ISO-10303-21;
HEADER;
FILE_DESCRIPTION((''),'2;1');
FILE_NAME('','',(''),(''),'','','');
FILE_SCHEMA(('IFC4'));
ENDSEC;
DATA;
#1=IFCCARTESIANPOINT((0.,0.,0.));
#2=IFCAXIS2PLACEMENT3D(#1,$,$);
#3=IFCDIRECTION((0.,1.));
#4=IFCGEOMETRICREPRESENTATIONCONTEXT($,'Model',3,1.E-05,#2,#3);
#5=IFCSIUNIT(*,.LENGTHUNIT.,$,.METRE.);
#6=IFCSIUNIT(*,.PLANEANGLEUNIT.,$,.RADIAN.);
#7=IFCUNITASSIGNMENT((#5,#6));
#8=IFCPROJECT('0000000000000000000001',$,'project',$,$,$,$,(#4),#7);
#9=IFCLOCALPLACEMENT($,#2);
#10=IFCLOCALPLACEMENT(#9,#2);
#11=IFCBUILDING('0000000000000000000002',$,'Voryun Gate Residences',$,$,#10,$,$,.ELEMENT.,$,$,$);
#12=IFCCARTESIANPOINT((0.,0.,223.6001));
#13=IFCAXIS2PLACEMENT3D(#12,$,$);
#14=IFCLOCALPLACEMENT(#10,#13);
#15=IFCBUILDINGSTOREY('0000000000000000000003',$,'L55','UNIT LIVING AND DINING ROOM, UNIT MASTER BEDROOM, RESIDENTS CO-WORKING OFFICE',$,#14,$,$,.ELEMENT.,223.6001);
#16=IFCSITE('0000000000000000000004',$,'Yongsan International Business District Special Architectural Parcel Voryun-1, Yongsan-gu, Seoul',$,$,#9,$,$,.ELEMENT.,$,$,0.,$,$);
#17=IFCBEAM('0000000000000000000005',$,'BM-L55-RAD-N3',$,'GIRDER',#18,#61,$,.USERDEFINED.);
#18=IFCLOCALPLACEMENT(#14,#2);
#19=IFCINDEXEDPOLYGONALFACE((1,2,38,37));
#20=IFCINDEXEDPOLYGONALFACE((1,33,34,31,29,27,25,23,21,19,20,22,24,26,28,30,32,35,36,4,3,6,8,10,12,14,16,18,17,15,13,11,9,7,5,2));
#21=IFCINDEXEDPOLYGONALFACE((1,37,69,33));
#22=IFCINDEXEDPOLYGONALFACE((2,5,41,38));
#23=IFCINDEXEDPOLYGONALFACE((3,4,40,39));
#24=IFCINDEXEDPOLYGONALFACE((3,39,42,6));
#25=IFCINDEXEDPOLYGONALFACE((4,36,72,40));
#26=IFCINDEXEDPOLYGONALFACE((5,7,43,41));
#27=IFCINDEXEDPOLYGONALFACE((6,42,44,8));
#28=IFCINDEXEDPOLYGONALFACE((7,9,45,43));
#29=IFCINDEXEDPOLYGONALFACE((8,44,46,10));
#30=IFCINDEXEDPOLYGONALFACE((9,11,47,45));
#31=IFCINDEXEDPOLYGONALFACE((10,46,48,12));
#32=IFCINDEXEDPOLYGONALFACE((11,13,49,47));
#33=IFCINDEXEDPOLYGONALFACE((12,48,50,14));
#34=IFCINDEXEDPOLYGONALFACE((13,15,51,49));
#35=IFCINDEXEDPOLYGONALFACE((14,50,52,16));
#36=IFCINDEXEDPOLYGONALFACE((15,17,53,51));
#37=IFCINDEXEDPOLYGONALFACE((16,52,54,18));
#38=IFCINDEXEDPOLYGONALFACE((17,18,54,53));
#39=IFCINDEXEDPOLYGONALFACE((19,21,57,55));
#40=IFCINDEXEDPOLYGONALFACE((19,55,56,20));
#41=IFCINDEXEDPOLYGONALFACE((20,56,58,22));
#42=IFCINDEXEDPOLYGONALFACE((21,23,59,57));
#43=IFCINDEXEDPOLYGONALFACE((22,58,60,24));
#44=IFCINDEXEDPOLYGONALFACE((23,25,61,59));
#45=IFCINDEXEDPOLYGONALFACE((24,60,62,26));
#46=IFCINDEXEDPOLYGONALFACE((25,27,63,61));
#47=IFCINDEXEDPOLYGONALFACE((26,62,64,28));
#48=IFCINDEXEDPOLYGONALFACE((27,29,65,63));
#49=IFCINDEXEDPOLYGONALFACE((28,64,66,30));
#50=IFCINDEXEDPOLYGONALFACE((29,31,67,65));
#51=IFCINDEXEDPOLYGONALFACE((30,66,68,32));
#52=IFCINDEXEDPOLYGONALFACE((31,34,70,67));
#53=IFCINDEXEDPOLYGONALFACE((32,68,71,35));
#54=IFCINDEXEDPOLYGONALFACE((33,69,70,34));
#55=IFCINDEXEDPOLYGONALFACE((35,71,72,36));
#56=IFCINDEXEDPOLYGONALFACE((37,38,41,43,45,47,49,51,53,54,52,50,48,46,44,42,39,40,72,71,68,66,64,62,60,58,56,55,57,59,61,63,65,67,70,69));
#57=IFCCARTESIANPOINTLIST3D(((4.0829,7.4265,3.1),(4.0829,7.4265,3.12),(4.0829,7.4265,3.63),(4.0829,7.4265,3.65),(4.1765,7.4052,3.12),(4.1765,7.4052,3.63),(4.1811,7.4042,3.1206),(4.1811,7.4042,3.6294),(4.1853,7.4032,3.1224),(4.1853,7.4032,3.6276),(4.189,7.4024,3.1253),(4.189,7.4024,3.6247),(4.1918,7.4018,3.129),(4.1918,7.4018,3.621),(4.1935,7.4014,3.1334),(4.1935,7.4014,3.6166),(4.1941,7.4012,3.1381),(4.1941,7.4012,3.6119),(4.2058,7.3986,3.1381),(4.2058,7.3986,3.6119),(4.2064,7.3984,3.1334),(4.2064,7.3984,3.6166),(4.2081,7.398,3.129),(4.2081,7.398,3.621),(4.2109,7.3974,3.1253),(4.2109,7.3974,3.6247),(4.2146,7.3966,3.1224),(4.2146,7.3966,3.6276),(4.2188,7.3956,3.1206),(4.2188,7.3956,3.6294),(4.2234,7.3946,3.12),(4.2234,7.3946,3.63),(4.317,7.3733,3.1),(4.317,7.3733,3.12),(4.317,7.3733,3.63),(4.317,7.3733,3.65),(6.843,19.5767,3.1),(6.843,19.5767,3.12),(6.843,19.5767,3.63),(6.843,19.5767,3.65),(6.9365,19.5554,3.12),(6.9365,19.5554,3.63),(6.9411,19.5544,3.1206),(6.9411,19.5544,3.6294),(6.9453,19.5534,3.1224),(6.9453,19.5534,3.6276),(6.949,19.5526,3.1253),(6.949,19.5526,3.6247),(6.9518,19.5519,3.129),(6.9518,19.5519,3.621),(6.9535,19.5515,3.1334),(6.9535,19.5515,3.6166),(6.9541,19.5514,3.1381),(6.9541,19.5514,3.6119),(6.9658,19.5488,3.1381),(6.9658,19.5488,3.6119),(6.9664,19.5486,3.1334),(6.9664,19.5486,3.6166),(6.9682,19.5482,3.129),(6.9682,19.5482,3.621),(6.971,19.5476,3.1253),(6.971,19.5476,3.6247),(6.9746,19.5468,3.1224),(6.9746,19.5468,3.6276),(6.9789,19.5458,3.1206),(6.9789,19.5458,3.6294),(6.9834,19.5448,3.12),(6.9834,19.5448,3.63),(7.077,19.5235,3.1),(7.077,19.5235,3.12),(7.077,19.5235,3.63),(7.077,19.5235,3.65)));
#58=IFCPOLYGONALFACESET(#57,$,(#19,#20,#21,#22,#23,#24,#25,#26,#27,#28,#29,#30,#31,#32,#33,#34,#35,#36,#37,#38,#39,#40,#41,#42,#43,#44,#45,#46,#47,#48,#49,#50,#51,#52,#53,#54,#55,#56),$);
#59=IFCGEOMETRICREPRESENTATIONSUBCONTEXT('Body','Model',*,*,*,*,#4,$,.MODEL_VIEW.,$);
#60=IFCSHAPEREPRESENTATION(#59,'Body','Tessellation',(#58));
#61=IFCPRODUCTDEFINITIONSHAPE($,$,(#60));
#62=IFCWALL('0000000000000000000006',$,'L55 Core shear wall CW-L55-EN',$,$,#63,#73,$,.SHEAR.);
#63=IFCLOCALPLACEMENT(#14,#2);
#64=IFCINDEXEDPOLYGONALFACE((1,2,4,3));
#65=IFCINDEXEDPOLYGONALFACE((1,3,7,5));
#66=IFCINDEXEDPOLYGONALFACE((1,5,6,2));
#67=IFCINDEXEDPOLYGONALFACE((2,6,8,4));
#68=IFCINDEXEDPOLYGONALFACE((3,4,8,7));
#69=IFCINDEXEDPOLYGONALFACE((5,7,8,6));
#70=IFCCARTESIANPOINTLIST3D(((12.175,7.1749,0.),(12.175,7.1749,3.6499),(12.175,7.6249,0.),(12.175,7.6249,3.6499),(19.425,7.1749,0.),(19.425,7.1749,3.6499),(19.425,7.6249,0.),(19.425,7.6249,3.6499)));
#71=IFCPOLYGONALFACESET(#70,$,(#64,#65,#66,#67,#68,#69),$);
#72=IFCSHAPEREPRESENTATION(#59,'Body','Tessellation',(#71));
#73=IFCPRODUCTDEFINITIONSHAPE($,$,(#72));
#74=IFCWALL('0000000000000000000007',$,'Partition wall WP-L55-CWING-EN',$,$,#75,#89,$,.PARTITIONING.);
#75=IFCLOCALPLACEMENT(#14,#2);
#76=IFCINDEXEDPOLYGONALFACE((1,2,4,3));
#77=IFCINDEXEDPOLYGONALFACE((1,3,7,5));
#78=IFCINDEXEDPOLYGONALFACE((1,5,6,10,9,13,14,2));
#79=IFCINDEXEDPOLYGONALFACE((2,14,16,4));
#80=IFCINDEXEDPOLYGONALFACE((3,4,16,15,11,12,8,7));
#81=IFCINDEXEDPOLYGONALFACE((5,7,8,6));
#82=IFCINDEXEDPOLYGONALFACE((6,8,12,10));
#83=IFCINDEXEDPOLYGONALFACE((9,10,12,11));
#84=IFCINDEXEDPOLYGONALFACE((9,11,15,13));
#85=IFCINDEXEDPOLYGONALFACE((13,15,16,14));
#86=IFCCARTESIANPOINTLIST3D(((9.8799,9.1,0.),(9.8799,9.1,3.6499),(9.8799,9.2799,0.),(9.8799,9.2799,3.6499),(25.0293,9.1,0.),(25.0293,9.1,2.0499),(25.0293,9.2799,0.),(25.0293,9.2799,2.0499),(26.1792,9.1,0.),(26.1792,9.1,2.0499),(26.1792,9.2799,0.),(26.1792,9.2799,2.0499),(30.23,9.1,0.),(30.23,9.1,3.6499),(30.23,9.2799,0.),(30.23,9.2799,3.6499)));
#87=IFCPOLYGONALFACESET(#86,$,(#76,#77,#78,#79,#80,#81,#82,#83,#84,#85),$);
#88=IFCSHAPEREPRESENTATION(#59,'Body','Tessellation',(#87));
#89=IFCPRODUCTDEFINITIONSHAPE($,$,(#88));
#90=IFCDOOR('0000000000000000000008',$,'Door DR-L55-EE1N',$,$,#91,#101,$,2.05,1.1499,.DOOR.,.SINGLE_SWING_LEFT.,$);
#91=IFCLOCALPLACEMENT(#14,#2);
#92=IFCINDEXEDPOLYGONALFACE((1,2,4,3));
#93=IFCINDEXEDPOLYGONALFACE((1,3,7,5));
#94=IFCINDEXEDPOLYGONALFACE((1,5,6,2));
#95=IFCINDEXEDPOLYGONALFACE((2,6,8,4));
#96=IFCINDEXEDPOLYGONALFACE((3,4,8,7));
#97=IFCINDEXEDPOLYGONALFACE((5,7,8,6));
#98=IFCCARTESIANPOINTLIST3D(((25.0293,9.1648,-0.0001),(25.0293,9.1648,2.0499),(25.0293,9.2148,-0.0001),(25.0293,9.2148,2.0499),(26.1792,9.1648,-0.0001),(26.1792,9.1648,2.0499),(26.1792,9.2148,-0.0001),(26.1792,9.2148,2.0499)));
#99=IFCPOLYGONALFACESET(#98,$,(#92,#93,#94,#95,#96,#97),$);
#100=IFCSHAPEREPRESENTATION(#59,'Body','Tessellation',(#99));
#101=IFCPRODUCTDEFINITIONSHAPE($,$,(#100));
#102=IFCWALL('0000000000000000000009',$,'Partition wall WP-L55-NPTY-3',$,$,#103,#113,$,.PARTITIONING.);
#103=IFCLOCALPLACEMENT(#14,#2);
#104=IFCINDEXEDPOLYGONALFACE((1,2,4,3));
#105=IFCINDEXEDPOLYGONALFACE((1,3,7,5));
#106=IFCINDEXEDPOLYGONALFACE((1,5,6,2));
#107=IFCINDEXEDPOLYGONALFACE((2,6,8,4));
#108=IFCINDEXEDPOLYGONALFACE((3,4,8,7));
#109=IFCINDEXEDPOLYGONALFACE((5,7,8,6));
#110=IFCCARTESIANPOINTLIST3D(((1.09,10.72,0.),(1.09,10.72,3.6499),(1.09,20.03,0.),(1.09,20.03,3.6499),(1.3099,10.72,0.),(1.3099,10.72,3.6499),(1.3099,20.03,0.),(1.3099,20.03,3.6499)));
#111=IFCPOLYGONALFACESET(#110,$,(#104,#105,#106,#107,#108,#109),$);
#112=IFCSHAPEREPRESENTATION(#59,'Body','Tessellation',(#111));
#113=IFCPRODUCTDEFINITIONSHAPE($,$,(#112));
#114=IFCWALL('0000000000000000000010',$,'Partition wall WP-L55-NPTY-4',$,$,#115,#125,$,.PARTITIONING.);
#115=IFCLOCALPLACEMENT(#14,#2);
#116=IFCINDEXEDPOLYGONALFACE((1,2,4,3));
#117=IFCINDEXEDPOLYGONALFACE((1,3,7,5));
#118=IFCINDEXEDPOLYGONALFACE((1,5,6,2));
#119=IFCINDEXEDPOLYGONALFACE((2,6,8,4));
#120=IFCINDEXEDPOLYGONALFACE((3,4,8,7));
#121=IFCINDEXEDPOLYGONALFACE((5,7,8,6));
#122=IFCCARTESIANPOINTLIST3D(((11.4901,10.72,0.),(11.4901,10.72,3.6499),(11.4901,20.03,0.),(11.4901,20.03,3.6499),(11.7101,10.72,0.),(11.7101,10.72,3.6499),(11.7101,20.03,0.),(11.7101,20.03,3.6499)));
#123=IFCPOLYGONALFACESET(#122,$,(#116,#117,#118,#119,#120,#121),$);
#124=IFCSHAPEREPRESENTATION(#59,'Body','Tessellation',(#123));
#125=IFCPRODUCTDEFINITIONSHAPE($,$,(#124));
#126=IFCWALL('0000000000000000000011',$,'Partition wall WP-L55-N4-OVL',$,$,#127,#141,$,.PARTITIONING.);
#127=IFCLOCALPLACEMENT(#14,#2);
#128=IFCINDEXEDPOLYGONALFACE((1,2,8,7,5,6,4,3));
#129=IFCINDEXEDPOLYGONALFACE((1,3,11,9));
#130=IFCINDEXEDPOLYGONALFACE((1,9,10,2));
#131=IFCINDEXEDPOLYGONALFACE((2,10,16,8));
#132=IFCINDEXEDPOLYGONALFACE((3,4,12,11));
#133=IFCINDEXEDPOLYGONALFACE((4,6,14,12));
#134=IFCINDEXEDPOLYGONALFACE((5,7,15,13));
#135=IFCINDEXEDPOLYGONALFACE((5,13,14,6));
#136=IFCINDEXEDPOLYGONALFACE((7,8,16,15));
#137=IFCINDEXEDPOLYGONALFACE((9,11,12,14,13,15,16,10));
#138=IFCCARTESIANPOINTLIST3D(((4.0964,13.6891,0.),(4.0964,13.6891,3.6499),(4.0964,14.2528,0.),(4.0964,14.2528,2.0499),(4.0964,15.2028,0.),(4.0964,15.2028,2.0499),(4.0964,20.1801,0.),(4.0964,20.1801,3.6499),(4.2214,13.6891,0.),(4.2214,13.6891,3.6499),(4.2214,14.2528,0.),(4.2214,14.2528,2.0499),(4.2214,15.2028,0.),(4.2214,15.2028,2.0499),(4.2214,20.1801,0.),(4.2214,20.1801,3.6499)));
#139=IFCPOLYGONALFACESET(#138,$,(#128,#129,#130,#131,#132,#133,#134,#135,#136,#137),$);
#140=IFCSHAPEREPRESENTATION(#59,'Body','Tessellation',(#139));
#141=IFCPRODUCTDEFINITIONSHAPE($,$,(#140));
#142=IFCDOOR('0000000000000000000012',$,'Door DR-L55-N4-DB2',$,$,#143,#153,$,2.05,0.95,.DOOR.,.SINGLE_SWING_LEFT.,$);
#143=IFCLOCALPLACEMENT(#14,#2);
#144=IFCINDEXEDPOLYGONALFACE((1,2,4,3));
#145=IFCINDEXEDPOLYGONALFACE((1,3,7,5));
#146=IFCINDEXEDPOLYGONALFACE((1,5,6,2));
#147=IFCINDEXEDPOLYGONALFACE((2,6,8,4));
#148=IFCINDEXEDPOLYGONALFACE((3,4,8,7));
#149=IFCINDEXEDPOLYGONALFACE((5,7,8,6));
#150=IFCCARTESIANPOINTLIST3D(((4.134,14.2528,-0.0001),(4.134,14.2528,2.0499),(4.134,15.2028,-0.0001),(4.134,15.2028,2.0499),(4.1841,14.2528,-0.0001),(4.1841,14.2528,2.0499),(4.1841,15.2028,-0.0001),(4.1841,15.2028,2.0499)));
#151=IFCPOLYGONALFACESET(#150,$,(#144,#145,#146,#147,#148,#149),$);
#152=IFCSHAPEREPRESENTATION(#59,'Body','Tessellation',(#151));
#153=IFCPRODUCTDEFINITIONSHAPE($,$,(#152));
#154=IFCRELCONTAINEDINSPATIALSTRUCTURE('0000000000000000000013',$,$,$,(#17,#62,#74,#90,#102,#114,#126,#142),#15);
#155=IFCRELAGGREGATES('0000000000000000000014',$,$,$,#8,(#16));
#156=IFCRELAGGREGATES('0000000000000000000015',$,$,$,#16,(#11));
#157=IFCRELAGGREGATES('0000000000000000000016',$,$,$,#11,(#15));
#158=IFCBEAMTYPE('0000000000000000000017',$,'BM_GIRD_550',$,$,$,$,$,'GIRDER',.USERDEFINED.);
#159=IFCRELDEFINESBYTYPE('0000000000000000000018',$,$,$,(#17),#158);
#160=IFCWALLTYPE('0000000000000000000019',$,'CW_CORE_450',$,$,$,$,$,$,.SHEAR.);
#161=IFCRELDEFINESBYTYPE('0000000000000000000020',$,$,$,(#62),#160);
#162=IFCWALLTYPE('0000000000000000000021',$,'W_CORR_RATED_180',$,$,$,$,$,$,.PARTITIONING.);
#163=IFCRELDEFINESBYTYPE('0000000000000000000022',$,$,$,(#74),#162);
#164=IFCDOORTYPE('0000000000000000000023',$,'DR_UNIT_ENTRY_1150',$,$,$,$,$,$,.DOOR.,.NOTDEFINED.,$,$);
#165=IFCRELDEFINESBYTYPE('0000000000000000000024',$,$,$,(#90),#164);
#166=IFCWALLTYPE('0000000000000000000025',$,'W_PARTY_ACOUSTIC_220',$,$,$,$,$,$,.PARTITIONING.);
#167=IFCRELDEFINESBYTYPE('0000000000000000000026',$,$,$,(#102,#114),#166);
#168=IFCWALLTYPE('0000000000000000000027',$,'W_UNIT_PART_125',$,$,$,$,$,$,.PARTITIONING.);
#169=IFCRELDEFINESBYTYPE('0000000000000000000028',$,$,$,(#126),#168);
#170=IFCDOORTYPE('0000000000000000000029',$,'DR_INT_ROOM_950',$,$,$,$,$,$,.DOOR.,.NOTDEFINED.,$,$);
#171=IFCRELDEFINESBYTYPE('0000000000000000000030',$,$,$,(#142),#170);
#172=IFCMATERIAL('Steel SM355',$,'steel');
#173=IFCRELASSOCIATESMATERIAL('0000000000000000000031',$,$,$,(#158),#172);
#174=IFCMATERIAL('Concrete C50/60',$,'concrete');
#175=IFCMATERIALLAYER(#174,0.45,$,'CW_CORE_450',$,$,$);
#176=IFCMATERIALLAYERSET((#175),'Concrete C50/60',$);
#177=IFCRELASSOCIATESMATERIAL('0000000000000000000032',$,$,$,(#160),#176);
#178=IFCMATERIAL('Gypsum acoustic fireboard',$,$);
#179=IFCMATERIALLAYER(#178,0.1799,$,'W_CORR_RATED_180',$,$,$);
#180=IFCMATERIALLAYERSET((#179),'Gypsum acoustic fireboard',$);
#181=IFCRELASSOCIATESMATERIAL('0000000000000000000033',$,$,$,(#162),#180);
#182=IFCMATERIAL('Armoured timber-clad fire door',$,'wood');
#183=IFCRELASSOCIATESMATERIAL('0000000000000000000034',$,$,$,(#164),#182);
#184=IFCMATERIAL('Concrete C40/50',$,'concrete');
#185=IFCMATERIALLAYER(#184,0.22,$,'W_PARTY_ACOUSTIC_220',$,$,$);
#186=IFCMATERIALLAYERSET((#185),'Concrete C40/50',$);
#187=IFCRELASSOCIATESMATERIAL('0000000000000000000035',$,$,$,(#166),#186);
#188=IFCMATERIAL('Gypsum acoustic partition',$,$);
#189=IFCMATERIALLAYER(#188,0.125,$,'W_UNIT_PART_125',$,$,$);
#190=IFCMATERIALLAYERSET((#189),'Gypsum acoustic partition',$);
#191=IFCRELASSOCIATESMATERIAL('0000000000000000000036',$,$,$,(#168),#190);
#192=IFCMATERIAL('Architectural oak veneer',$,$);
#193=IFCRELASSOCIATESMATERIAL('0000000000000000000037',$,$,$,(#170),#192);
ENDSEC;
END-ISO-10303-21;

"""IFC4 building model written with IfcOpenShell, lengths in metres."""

from ifc_helpers import new_model, si_unit, direction, frame, frame_2d, origin, origin_2d, place, context, subcontext, project, spatial, rectangle, i_section, extrude, material, layer, layer_set, material_profile, profile_set, type_object, element, fill, save


model = new_model("IFC4")

# Units and contexts
model_context = context("Model", 3, precision=1e-05, world=origin(), true_north=direction((0.0, 1.0)))
body_context = subcontext(model_context, "Body", "Model", "MODEL_VIEW")
ifc_project = project(units=[si_unit("LENGTHUNIT", "METRE"), si_unit("PLANEANGLEUNIT", "RADIAN")], contexts=[model_context])

# Site, building, storey
site_placement = place(None, origin())
site = spatial("IfcSite", under=ifc_project, at=site_placement, Name="Yongsan International Business District Special Architectural Parcel Voryun-1, Yongsan-gu, Seoul", CompositionType="ELEMENT", RefElevation=0.0)
building_placement = place(site_placement, origin())
building = spatial("IfcBuilding", under=site, at=building_placement, Name="Voryun Gate Residences", CompositionType="ELEMENT")
storey_placement = place(building_placement, frame((0.0, 0.0, 223.6001)))
storey = spatial("IfcBuildingStorey", under=building, at=storey_placement, Name="L55", Description="UNIT LIVING AND DINING ROOM, UNIT MASTER BEDROOM, RESIDENTS CO-WORKING OFFICE", CompositionType="ELEMENT", Elevation=223.6001)

# Beam
ifc_material_1 = material(Name="Steel SM355", Category="steel")
ifc_material_profile_1 = material_profile(ifc_material_1, i_section(OverallWidth=0.24, OverallDepth=0.55, WebThickness=0.012, FlangeThickness=0.02, FilletRadius=0.0181, at=origin_2d()), Name="H-550x240x12x20")
ifc_profile_set_1 = profile_set([ifc_material_profile_1], Name="Steel SM355")
beam_type_1 = type_object("IfcBeamType", Name="BM_GIRD_550", ElementType="GIRDER", PredefinedType="USERDEFINED", material=ifc_profile_set_1)
beam_1_placement = place(storey_placement, frame((4.2, 7.3999, 3.375), z_axis=(0.221515, 0.975157, 0.0), x_axis=(-0.975157, 0.221515, 0.0)))
element("IfcBeam", 1, at=beam_1_placement, inside=storey, type_object=beam_type_1, Name="BM-L55-RAD-N3", ObjectType="GIRDER", PredefinedType="USERDEFINED", context=body_context, shape_type="SweptSolid", body=[
    extrude(i_section(OverallWidth=0.24, OverallDepth=0.55, WebThickness=0.012, FlangeThickness=0.02, FilletRadius=0.0181, at=origin_2d()), origin(), (0.0, 0.0, 1.0), 12.4597),
])

# Wall
ifc_material_2 = material(Name="Concrete C50/60", Category="concrete")
ifc_layer_1 = layer(ifc_material_2, 0.45, Name="CW_CORE_450")
ifc_layer_set_1 = layer_set([ifc_layer_1], Name="Concrete C50/60")
wall_type_1 = type_object("IfcWallType", Name="CW_CORE_450", PredefinedType="SHEAR", material=ifc_layer_set_1)
wall_1_placement = place(storey_placement, frame((12.175, 7.3999, 0.0), z_axis=(0.0, 0.0, 1.0), x_axis=(1.0, 0.0, 0.0)))
element("IfcWall", 2, at=wall_1_placement, inside=storey, type_object=wall_type_1, Name="L55 Core shear wall CW-L55-EN", PredefinedType="SHEAR", context=body_context, shape_type="SweptSolid", body=[
    extrude(rectangle(XDim=7.25, YDim=0.45, at=frame_2d((3.625, 0.0))), origin(), (0.0, 0.0, 1.0), 3.6499),
])

# Wall, opening, door
ifc_material_3 = material(Name="Gypsum acoustic fireboard")
ifc_layer_2 = layer(ifc_material_3, 0.1799, Name="W_CORR_RATED_180")
ifc_layer_set_2 = layer_set([ifc_layer_2], Name="Gypsum acoustic fireboard")
wall_type_2 = type_object("IfcWallType", Name="W_CORR_RATED_180", PredefinedType="PARTITIONING", material=ifc_layer_set_2)
wall_2_placement = place(storey_placement, frame((9.8799, 9.1899, 0.0), z_axis=(0.0, 0.0, 1.0), x_axis=(1.0, 0.0, 0.0)))
wall_2 = element("IfcWall", 3, at=wall_2_placement, inside=storey, type_object=wall_type_2, Name="Partition wall WP-L55-CWING-EN", PredefinedType="PARTITIONING", context=body_context, shape_type="SweptSolid", body=[
    extrude(rectangle(XDim=20.3501, YDim=0.1799, at=frame_2d((10.175, 0.0))), origin(), (0.0, 0.0, 1.0), 3.6499),
])
opening_1_placement = place(wall_2_placement, frame((15.1494, 0.0, 0.0)))
opening_1 = element("IfcOpeningElement", 4, at=opening_1_placement, cuts=wall_2, PredefinedType="OPENING", context=body_context, shape_type="SweptSolid", body=[
    extrude(rectangle(XDim=1.1499, YDim=2.05, at=frame_2d((0.575, 1.0249))), frame((0.0, 0.0999, 0.0), z_axis=(0.0, -1.0, 0.0), x_axis=(1.0, 0.0, 0.0)), (0.0, 0.0, 1.0), 0.2),
])
ifc_material_4 = material(Name="Armoured timber-clad fire door", Category="wood")
door_type_1 = type_object("IfcDoorType", Name="DR_UNIT_ENTRY_1150", OperationType="NOTDEFINED", PredefinedType="DOOR", material=ifc_material_4)
door_1_placement = place(opening_1_placement, origin())
door_1 = element("IfcDoor", 5, at=door_1_placement, inside=storey, type_object=door_type_1, Name="Door DR-L55-EE1N", OperationType="SINGLE_SWING_LEFT", OverallHeight=2.05, OverallWidth=1.1499, PredefinedType="DOOR", context=body_context, shape_type="SweptSolid", body=[
    extrude(rectangle(XDim=1.1499, YDim=2.05, at=frame_2d((0.575, 1.0249))), frame((0.0, 0.0249, 0.0), z_axis=(0.0, -1.0, 0.0), x_axis=(1.0, 0.0, 0.0)), (0.0, 0.0, 1.0), 0.05),
])
fill(opening_1, door_1)

# Walls
ifc_material_5 = material(Name="Concrete C40/50", Category="concrete")
ifc_layer_3 = layer(ifc_material_5, 0.22, Name="W_PARTY_ACOUSTIC_220")
ifc_layer_set_3 = layer_set([ifc_layer_3], Name="Concrete C40/50")
wall_type_3 = type_object("IfcWallType", Name="W_PARTY_ACOUSTIC_220", PredefinedType="PARTITIONING", material=ifc_layer_set_3)
for number, where, z_axis, x_axis, name in (
    (6, (1.2, 10.72, 0.0), (0.0, 0.0, 1.0), (0.0, 1.0, 0.0), "Partition wall WP-L55-NPTY-3"),
    (7, (11.6001, 10.72, 0.0), (0.0, 0.0, 1.0), (0.0, 1.0, 0.0), "Partition wall WP-L55-NPTY-4"),
):
    element("IfcWall", number, at=place(storey_placement, frame(where, z_axis=z_axis, x_axis=x_axis)), inside=storey, type_object=wall_type_3, Name=name, PredefinedType="PARTITIONING", context=body_context, shape_type="SweptSolid", body=[
        extrude(rectangle(XDim=9.3101, YDim=0.22, at=frame_2d((4.655, 0.0))), origin(), (0.0, 0.0, 1.0), 3.6499),
    ])

# Wall, opening, door
ifc_material_6 = material(Name="Gypsum acoustic partition")
ifc_layer_4 = layer(ifc_material_6, 0.125, Name="W_UNIT_PART_125")
ifc_layer_set_4 = layer_set([ifc_layer_4], Name="Gypsum acoustic partition")
wall_type_4 = type_object("IfcWallType", Name="W_UNIT_PART_125", PredefinedType="PARTITIONING", material=ifc_layer_set_4)
wall_3_placement = place(storey_placement, frame((4.1589, 13.689, 0.0), z_axis=(0.0, 0.0, 1.0), x_axis=(0.0, 1.0, 0.0)))
wall_3 = element("IfcWall", 8, at=wall_3_placement, inside=storey, type_object=wall_type_4, Name="Partition wall WP-L55-N4-OVL", PredefinedType="PARTITIONING", context=body_context, shape_type="SweptSolid", body=[
    extrude(rectangle(XDim=6.491, YDim=0.125, at=frame_2d((3.2456, 0.0))), origin(), (0.0, 0.0, 1.0), 3.6499),
])
opening_2_placement = place(wall_3_placement, frame((0.5637, 0.0, 0.0)))
opening_2 = element("IfcOpeningElement", 9, at=opening_2_placement, cuts=wall_3, PredefinedType="OPENING", context=body_context, shape_type="SweptSolid", body=[
    extrude(rectangle(XDim=0.95, YDim=2.05, at=frame_2d((0.4751, 1.0249))), frame((0.0, 0.0725, 0.0), z_axis=(0.0, -1.0, 0.0), x_axis=(1.0, 0.0, 0.0)), (0.0, 0.0, 1.0), 0.145),
])
ifc_material_7 = material(Name="Architectural oak veneer")
door_type_2 = type_object("IfcDoorType", Name="DR_INT_ROOM_950", OperationType="NOTDEFINED", PredefinedType="DOOR", material=ifc_material_7)
door_2_placement = place(opening_2_placement, origin())
door_2 = element("IfcDoor", 10, at=door_2_placement, inside=storey, type_object=door_type_2, Name="Door DR-L55-N4-DB2", OperationType="SINGLE_SWING_LEFT", OverallHeight=2.05, OverallWidth=0.95, PredefinedType="DOOR", context=body_context, shape_type="SweptSolid", body=[
    extrude(rectangle(XDim=0.95, YDim=2.05, at=frame_2d((0.4751, 1.0249))), frame((0.0, 0.0249, 0.0), z_axis=(0.0, -1.0, 0.0), x_axis=(1.0, 0.0, 0.0)), (0.0, 0.0, 1.0), 0.05),
])
fill(opening_2, door_2)

save(model, "model.ifc")
